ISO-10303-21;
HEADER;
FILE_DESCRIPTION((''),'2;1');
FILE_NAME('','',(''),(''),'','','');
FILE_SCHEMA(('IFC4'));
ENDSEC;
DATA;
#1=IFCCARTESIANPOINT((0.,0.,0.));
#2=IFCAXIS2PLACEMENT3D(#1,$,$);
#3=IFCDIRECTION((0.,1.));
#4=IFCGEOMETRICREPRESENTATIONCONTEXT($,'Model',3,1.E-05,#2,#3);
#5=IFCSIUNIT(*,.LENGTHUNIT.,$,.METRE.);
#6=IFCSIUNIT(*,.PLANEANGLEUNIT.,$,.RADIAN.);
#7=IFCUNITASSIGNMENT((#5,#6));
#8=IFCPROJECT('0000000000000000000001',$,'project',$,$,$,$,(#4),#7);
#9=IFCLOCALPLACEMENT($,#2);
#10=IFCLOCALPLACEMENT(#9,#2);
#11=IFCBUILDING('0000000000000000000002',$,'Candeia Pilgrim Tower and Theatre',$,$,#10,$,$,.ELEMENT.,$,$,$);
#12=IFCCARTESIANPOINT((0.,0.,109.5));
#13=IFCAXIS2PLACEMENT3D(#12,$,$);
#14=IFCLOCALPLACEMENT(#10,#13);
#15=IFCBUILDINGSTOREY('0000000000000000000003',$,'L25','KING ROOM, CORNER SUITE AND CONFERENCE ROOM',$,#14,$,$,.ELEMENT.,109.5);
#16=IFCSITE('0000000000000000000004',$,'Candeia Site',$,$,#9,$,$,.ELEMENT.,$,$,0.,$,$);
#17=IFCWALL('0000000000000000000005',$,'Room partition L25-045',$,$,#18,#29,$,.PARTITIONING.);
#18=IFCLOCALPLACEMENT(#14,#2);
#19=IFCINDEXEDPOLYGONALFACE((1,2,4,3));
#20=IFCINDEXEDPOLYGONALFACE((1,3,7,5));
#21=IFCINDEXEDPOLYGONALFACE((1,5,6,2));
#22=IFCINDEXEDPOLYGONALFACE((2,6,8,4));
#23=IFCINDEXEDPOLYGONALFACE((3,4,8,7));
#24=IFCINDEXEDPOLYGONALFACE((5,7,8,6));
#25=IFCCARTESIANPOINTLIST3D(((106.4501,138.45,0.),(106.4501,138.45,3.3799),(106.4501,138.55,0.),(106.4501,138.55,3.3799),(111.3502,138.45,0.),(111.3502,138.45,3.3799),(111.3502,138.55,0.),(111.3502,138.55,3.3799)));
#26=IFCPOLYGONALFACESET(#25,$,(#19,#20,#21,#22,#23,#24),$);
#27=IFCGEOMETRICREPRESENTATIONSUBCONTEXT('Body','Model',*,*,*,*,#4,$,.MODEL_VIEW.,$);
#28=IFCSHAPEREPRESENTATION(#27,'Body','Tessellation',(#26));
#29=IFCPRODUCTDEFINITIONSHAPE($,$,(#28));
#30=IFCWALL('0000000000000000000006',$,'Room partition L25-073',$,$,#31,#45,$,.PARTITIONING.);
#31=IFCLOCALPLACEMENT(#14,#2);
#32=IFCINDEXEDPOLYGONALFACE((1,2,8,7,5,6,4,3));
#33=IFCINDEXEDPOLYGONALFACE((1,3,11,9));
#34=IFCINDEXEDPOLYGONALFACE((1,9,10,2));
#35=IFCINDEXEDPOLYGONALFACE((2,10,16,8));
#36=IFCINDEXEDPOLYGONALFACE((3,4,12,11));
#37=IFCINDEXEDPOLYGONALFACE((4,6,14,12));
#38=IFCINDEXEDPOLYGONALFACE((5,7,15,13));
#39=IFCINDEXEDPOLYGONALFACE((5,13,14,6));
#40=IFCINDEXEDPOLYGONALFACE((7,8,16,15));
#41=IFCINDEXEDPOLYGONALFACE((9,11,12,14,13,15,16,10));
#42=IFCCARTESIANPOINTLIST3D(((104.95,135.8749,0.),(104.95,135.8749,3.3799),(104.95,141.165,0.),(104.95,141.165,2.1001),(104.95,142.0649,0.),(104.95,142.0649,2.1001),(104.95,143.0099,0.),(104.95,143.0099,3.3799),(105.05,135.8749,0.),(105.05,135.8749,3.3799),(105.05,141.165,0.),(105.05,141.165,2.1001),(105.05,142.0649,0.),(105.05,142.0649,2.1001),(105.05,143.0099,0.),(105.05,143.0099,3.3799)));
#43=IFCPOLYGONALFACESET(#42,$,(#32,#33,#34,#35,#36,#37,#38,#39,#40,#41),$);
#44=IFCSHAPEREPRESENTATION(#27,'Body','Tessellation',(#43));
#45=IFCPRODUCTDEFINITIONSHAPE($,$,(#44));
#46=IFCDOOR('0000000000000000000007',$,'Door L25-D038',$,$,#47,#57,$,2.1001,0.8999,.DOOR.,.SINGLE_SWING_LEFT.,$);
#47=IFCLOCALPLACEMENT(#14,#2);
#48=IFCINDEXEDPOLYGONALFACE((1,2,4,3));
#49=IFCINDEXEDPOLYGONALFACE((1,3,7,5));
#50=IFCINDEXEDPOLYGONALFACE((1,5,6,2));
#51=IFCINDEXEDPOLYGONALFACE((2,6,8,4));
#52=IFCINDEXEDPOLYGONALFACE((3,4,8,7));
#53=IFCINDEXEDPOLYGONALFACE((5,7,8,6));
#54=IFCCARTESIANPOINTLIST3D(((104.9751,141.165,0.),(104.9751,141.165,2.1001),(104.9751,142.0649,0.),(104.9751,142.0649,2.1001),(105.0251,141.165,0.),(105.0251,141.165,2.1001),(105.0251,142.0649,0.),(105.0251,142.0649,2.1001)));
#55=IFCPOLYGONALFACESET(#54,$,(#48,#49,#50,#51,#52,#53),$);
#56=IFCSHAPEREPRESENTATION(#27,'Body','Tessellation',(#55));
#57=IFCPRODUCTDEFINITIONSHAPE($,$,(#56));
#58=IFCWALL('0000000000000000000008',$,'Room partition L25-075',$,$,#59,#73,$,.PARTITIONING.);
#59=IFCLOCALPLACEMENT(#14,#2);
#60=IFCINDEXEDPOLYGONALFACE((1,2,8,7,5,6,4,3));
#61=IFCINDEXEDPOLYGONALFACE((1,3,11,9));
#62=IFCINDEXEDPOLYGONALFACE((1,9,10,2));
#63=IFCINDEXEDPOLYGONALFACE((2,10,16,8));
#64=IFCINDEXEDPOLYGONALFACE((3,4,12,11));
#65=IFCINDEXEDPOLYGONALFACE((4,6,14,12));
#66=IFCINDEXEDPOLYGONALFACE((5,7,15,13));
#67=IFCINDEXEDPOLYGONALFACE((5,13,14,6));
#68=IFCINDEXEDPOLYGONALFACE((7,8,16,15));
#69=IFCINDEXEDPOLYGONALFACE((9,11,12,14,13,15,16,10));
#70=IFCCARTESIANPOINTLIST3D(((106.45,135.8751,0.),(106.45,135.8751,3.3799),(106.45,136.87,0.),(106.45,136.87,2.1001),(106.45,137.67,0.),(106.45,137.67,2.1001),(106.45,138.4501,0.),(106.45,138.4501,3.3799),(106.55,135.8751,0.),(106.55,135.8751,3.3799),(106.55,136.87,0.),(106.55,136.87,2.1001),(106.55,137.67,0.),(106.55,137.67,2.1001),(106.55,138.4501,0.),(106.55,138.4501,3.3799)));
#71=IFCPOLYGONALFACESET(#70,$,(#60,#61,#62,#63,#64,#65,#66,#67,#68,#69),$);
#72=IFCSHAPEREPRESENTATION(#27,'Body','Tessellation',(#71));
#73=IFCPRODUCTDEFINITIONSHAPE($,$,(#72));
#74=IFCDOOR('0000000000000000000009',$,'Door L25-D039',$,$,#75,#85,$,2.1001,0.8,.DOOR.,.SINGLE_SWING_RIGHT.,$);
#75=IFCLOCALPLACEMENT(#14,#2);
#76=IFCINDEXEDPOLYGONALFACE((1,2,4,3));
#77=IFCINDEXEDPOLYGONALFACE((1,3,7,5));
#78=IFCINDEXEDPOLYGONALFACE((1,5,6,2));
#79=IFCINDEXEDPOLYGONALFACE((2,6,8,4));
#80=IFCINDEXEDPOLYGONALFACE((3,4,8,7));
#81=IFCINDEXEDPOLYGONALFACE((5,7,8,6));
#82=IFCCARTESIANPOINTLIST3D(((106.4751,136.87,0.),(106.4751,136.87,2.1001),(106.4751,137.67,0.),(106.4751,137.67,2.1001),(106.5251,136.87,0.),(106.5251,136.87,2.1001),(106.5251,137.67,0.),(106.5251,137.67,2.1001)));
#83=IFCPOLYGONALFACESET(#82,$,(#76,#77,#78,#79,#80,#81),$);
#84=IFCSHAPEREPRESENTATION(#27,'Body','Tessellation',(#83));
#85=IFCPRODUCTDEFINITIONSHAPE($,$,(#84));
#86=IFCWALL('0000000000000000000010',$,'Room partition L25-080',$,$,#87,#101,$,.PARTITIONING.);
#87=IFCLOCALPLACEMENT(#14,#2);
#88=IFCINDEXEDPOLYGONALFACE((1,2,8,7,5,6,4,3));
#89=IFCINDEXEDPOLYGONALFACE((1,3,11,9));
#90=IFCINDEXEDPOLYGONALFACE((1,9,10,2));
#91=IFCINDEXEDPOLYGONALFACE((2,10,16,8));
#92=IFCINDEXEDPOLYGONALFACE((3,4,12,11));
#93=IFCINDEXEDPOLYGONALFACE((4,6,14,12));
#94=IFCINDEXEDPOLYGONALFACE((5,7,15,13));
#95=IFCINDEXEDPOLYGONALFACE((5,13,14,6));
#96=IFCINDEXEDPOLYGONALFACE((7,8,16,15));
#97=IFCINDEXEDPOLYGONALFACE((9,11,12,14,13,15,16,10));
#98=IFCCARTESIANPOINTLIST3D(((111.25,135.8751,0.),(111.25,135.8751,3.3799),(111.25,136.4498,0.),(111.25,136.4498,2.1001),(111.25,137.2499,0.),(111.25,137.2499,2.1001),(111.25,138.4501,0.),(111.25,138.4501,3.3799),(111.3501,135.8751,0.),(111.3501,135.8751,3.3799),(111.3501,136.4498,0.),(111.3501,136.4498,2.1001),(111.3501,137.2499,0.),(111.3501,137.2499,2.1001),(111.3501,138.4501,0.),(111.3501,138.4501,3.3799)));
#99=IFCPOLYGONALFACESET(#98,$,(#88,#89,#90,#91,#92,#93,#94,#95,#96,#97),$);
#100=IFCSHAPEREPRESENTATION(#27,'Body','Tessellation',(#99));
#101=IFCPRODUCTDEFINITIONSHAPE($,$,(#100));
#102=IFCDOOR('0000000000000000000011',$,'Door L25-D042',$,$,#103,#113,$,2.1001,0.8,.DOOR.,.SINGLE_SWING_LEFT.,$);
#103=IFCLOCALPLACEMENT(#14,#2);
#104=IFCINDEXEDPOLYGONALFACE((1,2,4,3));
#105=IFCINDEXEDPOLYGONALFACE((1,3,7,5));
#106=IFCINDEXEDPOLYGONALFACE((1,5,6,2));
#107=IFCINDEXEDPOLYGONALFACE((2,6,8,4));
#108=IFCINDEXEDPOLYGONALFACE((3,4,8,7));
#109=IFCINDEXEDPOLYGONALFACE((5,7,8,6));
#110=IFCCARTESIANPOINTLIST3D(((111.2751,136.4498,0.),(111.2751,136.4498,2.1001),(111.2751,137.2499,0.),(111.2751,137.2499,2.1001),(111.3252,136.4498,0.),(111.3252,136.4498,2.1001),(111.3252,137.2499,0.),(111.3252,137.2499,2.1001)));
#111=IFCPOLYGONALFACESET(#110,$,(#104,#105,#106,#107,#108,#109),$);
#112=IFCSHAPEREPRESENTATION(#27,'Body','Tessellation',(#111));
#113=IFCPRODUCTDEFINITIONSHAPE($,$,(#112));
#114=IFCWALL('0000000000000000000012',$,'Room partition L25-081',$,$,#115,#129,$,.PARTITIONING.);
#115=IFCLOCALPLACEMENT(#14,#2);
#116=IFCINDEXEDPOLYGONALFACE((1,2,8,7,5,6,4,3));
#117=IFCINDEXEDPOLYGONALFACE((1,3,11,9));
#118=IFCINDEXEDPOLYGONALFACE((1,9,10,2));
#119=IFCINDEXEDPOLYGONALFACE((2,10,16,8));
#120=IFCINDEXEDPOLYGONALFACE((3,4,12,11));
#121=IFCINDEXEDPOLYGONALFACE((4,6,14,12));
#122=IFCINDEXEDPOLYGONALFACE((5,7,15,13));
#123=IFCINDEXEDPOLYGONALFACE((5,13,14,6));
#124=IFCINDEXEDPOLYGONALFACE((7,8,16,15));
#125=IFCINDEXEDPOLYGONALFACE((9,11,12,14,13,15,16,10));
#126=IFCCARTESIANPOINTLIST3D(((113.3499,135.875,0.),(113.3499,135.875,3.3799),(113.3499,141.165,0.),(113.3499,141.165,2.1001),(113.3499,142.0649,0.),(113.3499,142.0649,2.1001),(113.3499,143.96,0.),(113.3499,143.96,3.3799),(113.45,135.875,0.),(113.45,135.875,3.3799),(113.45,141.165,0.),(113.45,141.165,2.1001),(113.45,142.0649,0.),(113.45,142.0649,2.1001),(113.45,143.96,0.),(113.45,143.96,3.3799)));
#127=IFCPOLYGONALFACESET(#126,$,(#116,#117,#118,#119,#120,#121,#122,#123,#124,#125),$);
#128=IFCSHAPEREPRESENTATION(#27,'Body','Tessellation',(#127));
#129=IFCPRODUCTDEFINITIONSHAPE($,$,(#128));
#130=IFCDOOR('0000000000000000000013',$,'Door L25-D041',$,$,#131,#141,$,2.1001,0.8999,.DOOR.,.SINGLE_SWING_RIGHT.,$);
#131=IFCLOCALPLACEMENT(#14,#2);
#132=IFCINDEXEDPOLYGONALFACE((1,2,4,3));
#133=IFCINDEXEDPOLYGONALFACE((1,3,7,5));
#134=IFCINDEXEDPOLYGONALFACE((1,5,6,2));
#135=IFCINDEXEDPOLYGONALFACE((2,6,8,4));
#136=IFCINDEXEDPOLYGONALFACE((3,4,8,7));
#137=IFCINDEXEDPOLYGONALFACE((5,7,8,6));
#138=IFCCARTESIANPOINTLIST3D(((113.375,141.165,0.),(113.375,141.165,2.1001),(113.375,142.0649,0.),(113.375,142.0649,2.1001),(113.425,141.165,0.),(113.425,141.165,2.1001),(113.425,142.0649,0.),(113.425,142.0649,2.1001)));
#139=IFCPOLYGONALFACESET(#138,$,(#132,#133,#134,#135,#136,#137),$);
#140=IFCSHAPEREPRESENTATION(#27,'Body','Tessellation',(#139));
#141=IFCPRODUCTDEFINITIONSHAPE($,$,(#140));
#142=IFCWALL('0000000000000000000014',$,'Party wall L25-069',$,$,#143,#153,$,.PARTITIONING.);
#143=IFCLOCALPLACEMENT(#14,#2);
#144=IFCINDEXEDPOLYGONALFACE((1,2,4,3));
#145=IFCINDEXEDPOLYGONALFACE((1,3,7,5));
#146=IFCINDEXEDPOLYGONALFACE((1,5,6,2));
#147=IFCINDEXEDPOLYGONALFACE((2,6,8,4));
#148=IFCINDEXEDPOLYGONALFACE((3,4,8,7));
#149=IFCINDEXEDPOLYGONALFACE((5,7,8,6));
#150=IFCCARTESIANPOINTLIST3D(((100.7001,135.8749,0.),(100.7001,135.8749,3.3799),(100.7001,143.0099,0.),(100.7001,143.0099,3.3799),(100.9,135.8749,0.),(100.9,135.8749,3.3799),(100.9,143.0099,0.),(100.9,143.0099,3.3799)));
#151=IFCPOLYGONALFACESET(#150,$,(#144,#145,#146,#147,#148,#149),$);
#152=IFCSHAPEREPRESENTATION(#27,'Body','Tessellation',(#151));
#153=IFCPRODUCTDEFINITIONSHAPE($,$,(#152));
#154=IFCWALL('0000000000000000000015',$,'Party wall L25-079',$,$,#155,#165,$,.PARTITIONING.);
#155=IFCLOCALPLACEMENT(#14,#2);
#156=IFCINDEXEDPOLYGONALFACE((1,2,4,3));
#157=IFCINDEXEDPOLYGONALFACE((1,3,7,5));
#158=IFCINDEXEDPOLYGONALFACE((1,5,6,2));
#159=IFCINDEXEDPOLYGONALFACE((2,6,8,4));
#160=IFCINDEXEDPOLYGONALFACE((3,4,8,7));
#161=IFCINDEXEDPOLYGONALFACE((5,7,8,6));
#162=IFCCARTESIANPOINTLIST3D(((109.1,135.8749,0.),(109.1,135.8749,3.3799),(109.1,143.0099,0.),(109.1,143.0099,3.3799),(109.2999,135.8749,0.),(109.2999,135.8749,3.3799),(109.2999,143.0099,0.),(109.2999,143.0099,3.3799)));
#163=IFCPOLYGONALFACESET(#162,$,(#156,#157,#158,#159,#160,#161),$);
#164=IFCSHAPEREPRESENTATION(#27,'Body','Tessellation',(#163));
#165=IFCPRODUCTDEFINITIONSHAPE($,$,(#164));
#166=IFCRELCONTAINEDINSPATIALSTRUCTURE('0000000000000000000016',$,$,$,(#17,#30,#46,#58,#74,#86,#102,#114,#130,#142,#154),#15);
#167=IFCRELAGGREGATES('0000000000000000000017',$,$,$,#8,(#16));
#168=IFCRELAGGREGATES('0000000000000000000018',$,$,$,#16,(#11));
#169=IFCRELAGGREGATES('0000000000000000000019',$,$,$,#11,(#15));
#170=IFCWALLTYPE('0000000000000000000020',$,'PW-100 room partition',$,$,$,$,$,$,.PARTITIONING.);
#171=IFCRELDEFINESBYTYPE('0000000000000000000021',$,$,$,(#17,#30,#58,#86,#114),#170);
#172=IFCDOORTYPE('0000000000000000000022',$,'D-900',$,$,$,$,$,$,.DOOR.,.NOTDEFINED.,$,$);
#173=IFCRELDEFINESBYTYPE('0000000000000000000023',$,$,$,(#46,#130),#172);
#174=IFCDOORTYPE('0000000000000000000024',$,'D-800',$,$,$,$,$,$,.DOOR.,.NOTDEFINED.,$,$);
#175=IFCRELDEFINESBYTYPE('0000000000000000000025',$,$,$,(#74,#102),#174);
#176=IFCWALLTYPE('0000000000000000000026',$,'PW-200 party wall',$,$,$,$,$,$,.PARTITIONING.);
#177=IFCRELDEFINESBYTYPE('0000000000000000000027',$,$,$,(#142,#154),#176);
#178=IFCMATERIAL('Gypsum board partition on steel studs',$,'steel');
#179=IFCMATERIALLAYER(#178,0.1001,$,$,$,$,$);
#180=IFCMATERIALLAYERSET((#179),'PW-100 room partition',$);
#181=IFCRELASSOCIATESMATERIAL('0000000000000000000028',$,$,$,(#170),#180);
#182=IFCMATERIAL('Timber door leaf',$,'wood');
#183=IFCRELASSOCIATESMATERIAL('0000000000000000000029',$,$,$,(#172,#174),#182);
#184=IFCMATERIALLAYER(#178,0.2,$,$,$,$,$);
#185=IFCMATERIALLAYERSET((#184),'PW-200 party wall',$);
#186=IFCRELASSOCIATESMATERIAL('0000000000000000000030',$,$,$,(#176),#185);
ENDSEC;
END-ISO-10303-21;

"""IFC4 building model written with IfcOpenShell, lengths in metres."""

from ifc_helpers import new_model, si_unit, direction, frame, frame_2d, origin, place, context, subcontext, project, spatial, rectangle, extrude, material, layer, layer_set, type_object, element, fill, save


model = new_model("IFC4")

# Units and contexts
model_context = context("Model", 3, precision=1e-05, world=origin(), true_north=direction((0.0, 1.0)))
body_context = subcontext(model_context, "Body", "Model", "MODEL_VIEW")
ifc_project = project(units=[si_unit("LENGTHUNIT", "METRE"), si_unit("PLANEANGLEUNIT", "RADIAN")], contexts=[model_context])

# Site, building, storey
site_placement = place(None, origin())
site = spatial("IfcSite", under=ifc_project, at=site_placement, Name="Candeia Site", CompositionType="ELEMENT", RefElevation=0.0)
building_placement = place(site_placement, origin())
building = spatial("IfcBuilding", under=site, at=building_placement, Name="Candeia Pilgrim Tower and Theatre", CompositionType="ELEMENT")
storey_placement = place(building_placement, frame((0.0, 0.0, 109.5)))
storey = spatial("IfcBuildingStorey", under=building, at=storey_placement, Name="L25", Description="KING ROOM, CORNER SUITE AND CONFERENCE ROOM", CompositionType="ELEMENT", Elevation=109.5)

# Wall
ifc_material_1 = material(Name="Gypsum board partition on steel studs", Category="steel")
ifc_layer_1 = layer(ifc_material_1, 0.1001)
ifc_layer_set_1 = layer_set([ifc_layer_1], Name="PW-100 room partition")
wall_type_1 = type_object("IfcWallType", Name="PW-100 room partition", PredefinedType="PARTITIONING", material=ifc_layer_set_1)
wall_1_placement = place(storey_placement, frame((106.45, 138.5, 0.0), z_axis=(0.0, 0.0, 1.0), x_axis=(1.0, 0.0, 0.0)))
element("IfcWall", 1, at=wall_1_placement, inside=storey, type_object=wall_type_1, Name="Room partition L25-045", PredefinedType="PARTITIONING", context=body_context, shape_type="SweptSolid", body=[
    extrude(rectangle(XDim=4.9001, YDim=0.1001, at=frame_2d((2.4502, 0.0))), origin(), (0.0, 0.0, 1.0), 3.3799),
])

# Walls, openings, doors
wall_2_placement = place(storey_placement, frame((105.0, 135.875, 0.0), z_axis=(0.0, 0.0, 1.0), x_axis=(0.0, 1.0, 0.0)))
wall_2 = element("IfcWall", 2, at=wall_2_placement, inside=storey, type_object=wall_type_1, Name="Room partition L25-073", PredefinedType="PARTITIONING", context=body_context, shape_type="SweptSolid", body=[
    extrude(rectangle(XDim=7.135, YDim=0.1001, at=frame_2d((3.5674, 0.0))), origin(), (0.0, 0.0, 1.0), 3.3799),
])
opening_1_placement = place(wall_2_placement, frame((5.29, 0.0, 0.0)))
opening_1 = element("IfcOpeningElement", 3, at=opening_1_placement, cuts=wall_2, PredefinedType="OPENING", context=body_context, shape_type="SweptSolid", body=[
    extrude(rectangle(XDim=0.8999, YDim=2.1001, at=frame_2d((0.45, 1.05))), frame((0.0, 0.0601, 0.0), z_axis=(0.0, -1.0, 0.0), x_axis=(1.0, 0.0, 0.0)), (0.0, 0.0, 1.0), 0.1201),
])
ifc_material_2 = material(Name="Timber door leaf", Category="wood")
door_type_1 = type_object("IfcDoorType", Name="D-900", OperationType="NOTDEFINED", PredefinedType="DOOR", material=ifc_material_2)
door_1_placement = place(opening_1_placement, origin())
door_1 = element("IfcDoor", 4, at=door_1_placement, inside=storey, type_object=door_type_1, Name="Door L25-D038", OperationType="SINGLE_SWING_LEFT", OverallHeight=2.1001, OverallWidth=0.8999, PredefinedType="DOOR", context=body_context, shape_type="SweptSolid", body=[
    extrude(rectangle(XDim=0.8999, YDim=2.1001, at=frame_2d((0.45, 1.05))), frame((0.0, 0.0249, 0.0), z_axis=(0.0, -1.0, 0.0), x_axis=(1.0, 0.0, 0.0)), (0.0, 0.0, 1.0), 0.05),
])
fill(opening_1, door_1)
wall_3_placement = place(storey_placement, frame((106.5, 135.875, 0.0), z_axis=(0.0, 0.0, 1.0), x_axis=(0.0, 1.0, 0.0)))
wall_3 = element("IfcWall", 5, at=wall_3_placement, inside=storey, type_object=wall_type_1, Name="Room partition L25-075", PredefinedType="PARTITIONING", context=body_context, shape_type="SweptSolid", body=[
    extrude(rectangle(XDim=2.575, YDim=0.1001, at=frame_2d((1.2876, 0.0))), origin(), (0.0, 0.0, 1.0), 3.3799),
])
opening_2_placement = place(wall_3_placement, frame((0.9951, 0.0, 0.0)))
opening_2 = element("IfcOpeningElement", 6, at=opening_2_placement, cuts=wall_3, PredefinedType="OPENING", context=body_context, shape_type="SweptSolid", body=[
    extrude(rectangle(XDim=0.8, YDim=2.1001, at=frame_2d((0.3999, 1.05))), frame((0.0, 0.0601, 0.0), z_axis=(0.0, -1.0, 0.0), x_axis=(1.0, 0.0, 0.0)), (0.0, 0.0, 1.0), 0.1201),
])
door_type_2 = type_object("IfcDoorType", Name="D-800", OperationType="NOTDEFINED", PredefinedType="DOOR", material=ifc_material_2)
door_2_placement = place(opening_2_placement, origin())
door_2 = element("IfcDoor", 7, at=door_2_placement, inside=storey, type_object=door_type_2, Name="Door L25-D039", OperationType="SINGLE_SWING_RIGHT", OverallHeight=2.1001, OverallWidth=0.8, PredefinedType="DOOR", context=body_context, shape_type="SweptSolid", body=[
    extrude(rectangle(XDim=0.8, YDim=2.1001, at=frame_2d((0.3999, 1.05))), frame((0.0, 0.0249, 0.0), z_axis=(0.0, -1.0, 0.0), x_axis=(1.0, 0.0, 0.0)), (0.0, 0.0, 1.0), 0.05),
])
fill(opening_2, door_2)
wall_4_placement = place(storey_placement, frame((111.3, 135.875, 0.0), z_axis=(0.0, 0.0, 1.0), x_axis=(0.0, 1.0, 0.0)))
wall_4 = element("IfcWall", 8, at=wall_4_placement, inside=storey, type_object=wall_type_1, Name="Room partition L25-080", PredefinedType="PARTITIONING", context=body_context, shape_type="SweptSolid", body=[
    extrude(rectangle(XDim=2.575, YDim=0.1001, at=frame_2d((1.2876, 0.0))), origin(), (0.0, 0.0, 1.0), 3.3799),
])
opening_3_placement = place(wall_4_placement, frame((0.575, 0.0, 0.0)))
opening_3 = element("IfcOpeningElement", 9, at=opening_3_placement, cuts=wall_4, PredefinedType="OPENING", context=body_context, shape_type="SweptSolid", body=[
    extrude(rectangle(XDim=0.8, YDim=2.1001, at=frame_2d((0.3999, 1.05))), frame((0.0, 0.0601, 0.0), z_axis=(0.0, -1.0, 0.0), x_axis=(1.0, 0.0, 0.0)), (0.0, 0.0, 1.0), 0.1201),
])
door_3_placement = place(opening_3_placement, origin())
door_3 = element("IfcDoor", 10, at=door_3_placement, inside=storey, type_object=door_type_2, Name="Door L25-D042", OperationType="SINGLE_SWING_LEFT", OverallHeight=2.1001, OverallWidth=0.8, PredefinedType="DOOR", context=body_context, shape_type="SweptSolid", body=[
    extrude(rectangle(XDim=0.8, YDim=2.1001, at=frame_2d((0.3999, 1.05))), frame((0.0, 0.0249, 0.0), z_axis=(0.0, -1.0, 0.0), x_axis=(1.0, 0.0, 0.0)), (0.0, 0.0, 1.0), 0.05),
])
fill(opening_3, door_3)
wall_5_placement = place(storey_placement, frame((113.3999, 135.875, 0.0), z_axis=(0.0, 0.0, 1.0), x_axis=(0.0, 1.0, 0.0)))
wall_5 = element("IfcWall", 11, at=wall_5_placement, inside=storey, type_object=wall_type_1, Name="Room partition L25-081", PredefinedType="PARTITIONING", context=body_context, shape_type="SweptSolid", body=[
    extrude(rectangle(XDim=8.085, YDim=0.1001, at=frame_2d((4.0425, 0.0))), origin(), (0.0, 0.0, 1.0), 3.3799),
])
opening_4_placement = place(wall_5_placement, frame((5.29, 0.0, 0.0)))
opening_4 = element("IfcOpeningElement", 12, at=opening_4_placement, cuts=wall_5, PredefinedType="OPENING", context=body_context, shape_type="SweptSolid", body=[
    extrude(rectangle(XDim=0.8999, YDim=2.1001, at=frame_2d((0.45, 1.05))), frame((0.0, 0.0601, 0.0), z_axis=(0.0, -1.0, 0.0), x_axis=(1.0, 0.0, 0.0)), (0.0, 0.0, 1.0), 0.1201),
])
door_4_placement = place(opening_4_placement, origin())
door_4 = element("IfcDoor", 13, at=door_4_placement, inside=storey, type_object=door_type_1, Name="Door L25-D041", OperationType="SINGLE_SWING_RIGHT", OverallHeight=2.1001, OverallWidth=0.8999, PredefinedType="DOOR", context=body_context, shape_type="SweptSolid", body=[
    extrude(rectangle(XDim=0.8999, YDim=2.1001, at=frame_2d((0.45, 1.05))), frame((0.0, 0.0249, 0.0), z_axis=(0.0, -1.0, 0.0), x_axis=(1.0, 0.0, 0.0)), (0.0, 0.0, 1.0), 0.05),
])
fill(opening_4, door_4)

# Walls
ifc_layer_2 = layer(ifc_material_1, 0.2)
ifc_layer_set_2 = layer_set([ifc_layer_2], Name="PW-200 party wall")
wall_type_2 = type_object("IfcWallType", Name="PW-200 party wall", PredefinedType="PARTITIONING", material=ifc_layer_set_2)
for number, where, z_axis, x_axis, name in (
    (14, (100.8, 135.875, 0.0), (0.0, 0.0, 1.0), (0.0, 1.0, 0.0), "Party wall L25-069"),
    (15, (109.2, 135.875, 0.0), (0.0, 0.0, 1.0), (0.0, 1.0, 0.0), "Party wall L25-079"),
):
    element("IfcWall", number, at=place(storey_placement, frame(where, z_axis=z_axis, x_axis=x_axis)), inside=storey, type_object=wall_type_2, Name=name, PredefinedType="PARTITIONING", context=body_context, shape_type="SweptSolid", body=[
        extrude(rectangle(XDim=7.135, YDim=0.2, at=frame_2d((3.5674, 0.0))), origin(), (0.0, 0.0, 1.0), 3.3799),
    ])

save(model, "model.ifc")
